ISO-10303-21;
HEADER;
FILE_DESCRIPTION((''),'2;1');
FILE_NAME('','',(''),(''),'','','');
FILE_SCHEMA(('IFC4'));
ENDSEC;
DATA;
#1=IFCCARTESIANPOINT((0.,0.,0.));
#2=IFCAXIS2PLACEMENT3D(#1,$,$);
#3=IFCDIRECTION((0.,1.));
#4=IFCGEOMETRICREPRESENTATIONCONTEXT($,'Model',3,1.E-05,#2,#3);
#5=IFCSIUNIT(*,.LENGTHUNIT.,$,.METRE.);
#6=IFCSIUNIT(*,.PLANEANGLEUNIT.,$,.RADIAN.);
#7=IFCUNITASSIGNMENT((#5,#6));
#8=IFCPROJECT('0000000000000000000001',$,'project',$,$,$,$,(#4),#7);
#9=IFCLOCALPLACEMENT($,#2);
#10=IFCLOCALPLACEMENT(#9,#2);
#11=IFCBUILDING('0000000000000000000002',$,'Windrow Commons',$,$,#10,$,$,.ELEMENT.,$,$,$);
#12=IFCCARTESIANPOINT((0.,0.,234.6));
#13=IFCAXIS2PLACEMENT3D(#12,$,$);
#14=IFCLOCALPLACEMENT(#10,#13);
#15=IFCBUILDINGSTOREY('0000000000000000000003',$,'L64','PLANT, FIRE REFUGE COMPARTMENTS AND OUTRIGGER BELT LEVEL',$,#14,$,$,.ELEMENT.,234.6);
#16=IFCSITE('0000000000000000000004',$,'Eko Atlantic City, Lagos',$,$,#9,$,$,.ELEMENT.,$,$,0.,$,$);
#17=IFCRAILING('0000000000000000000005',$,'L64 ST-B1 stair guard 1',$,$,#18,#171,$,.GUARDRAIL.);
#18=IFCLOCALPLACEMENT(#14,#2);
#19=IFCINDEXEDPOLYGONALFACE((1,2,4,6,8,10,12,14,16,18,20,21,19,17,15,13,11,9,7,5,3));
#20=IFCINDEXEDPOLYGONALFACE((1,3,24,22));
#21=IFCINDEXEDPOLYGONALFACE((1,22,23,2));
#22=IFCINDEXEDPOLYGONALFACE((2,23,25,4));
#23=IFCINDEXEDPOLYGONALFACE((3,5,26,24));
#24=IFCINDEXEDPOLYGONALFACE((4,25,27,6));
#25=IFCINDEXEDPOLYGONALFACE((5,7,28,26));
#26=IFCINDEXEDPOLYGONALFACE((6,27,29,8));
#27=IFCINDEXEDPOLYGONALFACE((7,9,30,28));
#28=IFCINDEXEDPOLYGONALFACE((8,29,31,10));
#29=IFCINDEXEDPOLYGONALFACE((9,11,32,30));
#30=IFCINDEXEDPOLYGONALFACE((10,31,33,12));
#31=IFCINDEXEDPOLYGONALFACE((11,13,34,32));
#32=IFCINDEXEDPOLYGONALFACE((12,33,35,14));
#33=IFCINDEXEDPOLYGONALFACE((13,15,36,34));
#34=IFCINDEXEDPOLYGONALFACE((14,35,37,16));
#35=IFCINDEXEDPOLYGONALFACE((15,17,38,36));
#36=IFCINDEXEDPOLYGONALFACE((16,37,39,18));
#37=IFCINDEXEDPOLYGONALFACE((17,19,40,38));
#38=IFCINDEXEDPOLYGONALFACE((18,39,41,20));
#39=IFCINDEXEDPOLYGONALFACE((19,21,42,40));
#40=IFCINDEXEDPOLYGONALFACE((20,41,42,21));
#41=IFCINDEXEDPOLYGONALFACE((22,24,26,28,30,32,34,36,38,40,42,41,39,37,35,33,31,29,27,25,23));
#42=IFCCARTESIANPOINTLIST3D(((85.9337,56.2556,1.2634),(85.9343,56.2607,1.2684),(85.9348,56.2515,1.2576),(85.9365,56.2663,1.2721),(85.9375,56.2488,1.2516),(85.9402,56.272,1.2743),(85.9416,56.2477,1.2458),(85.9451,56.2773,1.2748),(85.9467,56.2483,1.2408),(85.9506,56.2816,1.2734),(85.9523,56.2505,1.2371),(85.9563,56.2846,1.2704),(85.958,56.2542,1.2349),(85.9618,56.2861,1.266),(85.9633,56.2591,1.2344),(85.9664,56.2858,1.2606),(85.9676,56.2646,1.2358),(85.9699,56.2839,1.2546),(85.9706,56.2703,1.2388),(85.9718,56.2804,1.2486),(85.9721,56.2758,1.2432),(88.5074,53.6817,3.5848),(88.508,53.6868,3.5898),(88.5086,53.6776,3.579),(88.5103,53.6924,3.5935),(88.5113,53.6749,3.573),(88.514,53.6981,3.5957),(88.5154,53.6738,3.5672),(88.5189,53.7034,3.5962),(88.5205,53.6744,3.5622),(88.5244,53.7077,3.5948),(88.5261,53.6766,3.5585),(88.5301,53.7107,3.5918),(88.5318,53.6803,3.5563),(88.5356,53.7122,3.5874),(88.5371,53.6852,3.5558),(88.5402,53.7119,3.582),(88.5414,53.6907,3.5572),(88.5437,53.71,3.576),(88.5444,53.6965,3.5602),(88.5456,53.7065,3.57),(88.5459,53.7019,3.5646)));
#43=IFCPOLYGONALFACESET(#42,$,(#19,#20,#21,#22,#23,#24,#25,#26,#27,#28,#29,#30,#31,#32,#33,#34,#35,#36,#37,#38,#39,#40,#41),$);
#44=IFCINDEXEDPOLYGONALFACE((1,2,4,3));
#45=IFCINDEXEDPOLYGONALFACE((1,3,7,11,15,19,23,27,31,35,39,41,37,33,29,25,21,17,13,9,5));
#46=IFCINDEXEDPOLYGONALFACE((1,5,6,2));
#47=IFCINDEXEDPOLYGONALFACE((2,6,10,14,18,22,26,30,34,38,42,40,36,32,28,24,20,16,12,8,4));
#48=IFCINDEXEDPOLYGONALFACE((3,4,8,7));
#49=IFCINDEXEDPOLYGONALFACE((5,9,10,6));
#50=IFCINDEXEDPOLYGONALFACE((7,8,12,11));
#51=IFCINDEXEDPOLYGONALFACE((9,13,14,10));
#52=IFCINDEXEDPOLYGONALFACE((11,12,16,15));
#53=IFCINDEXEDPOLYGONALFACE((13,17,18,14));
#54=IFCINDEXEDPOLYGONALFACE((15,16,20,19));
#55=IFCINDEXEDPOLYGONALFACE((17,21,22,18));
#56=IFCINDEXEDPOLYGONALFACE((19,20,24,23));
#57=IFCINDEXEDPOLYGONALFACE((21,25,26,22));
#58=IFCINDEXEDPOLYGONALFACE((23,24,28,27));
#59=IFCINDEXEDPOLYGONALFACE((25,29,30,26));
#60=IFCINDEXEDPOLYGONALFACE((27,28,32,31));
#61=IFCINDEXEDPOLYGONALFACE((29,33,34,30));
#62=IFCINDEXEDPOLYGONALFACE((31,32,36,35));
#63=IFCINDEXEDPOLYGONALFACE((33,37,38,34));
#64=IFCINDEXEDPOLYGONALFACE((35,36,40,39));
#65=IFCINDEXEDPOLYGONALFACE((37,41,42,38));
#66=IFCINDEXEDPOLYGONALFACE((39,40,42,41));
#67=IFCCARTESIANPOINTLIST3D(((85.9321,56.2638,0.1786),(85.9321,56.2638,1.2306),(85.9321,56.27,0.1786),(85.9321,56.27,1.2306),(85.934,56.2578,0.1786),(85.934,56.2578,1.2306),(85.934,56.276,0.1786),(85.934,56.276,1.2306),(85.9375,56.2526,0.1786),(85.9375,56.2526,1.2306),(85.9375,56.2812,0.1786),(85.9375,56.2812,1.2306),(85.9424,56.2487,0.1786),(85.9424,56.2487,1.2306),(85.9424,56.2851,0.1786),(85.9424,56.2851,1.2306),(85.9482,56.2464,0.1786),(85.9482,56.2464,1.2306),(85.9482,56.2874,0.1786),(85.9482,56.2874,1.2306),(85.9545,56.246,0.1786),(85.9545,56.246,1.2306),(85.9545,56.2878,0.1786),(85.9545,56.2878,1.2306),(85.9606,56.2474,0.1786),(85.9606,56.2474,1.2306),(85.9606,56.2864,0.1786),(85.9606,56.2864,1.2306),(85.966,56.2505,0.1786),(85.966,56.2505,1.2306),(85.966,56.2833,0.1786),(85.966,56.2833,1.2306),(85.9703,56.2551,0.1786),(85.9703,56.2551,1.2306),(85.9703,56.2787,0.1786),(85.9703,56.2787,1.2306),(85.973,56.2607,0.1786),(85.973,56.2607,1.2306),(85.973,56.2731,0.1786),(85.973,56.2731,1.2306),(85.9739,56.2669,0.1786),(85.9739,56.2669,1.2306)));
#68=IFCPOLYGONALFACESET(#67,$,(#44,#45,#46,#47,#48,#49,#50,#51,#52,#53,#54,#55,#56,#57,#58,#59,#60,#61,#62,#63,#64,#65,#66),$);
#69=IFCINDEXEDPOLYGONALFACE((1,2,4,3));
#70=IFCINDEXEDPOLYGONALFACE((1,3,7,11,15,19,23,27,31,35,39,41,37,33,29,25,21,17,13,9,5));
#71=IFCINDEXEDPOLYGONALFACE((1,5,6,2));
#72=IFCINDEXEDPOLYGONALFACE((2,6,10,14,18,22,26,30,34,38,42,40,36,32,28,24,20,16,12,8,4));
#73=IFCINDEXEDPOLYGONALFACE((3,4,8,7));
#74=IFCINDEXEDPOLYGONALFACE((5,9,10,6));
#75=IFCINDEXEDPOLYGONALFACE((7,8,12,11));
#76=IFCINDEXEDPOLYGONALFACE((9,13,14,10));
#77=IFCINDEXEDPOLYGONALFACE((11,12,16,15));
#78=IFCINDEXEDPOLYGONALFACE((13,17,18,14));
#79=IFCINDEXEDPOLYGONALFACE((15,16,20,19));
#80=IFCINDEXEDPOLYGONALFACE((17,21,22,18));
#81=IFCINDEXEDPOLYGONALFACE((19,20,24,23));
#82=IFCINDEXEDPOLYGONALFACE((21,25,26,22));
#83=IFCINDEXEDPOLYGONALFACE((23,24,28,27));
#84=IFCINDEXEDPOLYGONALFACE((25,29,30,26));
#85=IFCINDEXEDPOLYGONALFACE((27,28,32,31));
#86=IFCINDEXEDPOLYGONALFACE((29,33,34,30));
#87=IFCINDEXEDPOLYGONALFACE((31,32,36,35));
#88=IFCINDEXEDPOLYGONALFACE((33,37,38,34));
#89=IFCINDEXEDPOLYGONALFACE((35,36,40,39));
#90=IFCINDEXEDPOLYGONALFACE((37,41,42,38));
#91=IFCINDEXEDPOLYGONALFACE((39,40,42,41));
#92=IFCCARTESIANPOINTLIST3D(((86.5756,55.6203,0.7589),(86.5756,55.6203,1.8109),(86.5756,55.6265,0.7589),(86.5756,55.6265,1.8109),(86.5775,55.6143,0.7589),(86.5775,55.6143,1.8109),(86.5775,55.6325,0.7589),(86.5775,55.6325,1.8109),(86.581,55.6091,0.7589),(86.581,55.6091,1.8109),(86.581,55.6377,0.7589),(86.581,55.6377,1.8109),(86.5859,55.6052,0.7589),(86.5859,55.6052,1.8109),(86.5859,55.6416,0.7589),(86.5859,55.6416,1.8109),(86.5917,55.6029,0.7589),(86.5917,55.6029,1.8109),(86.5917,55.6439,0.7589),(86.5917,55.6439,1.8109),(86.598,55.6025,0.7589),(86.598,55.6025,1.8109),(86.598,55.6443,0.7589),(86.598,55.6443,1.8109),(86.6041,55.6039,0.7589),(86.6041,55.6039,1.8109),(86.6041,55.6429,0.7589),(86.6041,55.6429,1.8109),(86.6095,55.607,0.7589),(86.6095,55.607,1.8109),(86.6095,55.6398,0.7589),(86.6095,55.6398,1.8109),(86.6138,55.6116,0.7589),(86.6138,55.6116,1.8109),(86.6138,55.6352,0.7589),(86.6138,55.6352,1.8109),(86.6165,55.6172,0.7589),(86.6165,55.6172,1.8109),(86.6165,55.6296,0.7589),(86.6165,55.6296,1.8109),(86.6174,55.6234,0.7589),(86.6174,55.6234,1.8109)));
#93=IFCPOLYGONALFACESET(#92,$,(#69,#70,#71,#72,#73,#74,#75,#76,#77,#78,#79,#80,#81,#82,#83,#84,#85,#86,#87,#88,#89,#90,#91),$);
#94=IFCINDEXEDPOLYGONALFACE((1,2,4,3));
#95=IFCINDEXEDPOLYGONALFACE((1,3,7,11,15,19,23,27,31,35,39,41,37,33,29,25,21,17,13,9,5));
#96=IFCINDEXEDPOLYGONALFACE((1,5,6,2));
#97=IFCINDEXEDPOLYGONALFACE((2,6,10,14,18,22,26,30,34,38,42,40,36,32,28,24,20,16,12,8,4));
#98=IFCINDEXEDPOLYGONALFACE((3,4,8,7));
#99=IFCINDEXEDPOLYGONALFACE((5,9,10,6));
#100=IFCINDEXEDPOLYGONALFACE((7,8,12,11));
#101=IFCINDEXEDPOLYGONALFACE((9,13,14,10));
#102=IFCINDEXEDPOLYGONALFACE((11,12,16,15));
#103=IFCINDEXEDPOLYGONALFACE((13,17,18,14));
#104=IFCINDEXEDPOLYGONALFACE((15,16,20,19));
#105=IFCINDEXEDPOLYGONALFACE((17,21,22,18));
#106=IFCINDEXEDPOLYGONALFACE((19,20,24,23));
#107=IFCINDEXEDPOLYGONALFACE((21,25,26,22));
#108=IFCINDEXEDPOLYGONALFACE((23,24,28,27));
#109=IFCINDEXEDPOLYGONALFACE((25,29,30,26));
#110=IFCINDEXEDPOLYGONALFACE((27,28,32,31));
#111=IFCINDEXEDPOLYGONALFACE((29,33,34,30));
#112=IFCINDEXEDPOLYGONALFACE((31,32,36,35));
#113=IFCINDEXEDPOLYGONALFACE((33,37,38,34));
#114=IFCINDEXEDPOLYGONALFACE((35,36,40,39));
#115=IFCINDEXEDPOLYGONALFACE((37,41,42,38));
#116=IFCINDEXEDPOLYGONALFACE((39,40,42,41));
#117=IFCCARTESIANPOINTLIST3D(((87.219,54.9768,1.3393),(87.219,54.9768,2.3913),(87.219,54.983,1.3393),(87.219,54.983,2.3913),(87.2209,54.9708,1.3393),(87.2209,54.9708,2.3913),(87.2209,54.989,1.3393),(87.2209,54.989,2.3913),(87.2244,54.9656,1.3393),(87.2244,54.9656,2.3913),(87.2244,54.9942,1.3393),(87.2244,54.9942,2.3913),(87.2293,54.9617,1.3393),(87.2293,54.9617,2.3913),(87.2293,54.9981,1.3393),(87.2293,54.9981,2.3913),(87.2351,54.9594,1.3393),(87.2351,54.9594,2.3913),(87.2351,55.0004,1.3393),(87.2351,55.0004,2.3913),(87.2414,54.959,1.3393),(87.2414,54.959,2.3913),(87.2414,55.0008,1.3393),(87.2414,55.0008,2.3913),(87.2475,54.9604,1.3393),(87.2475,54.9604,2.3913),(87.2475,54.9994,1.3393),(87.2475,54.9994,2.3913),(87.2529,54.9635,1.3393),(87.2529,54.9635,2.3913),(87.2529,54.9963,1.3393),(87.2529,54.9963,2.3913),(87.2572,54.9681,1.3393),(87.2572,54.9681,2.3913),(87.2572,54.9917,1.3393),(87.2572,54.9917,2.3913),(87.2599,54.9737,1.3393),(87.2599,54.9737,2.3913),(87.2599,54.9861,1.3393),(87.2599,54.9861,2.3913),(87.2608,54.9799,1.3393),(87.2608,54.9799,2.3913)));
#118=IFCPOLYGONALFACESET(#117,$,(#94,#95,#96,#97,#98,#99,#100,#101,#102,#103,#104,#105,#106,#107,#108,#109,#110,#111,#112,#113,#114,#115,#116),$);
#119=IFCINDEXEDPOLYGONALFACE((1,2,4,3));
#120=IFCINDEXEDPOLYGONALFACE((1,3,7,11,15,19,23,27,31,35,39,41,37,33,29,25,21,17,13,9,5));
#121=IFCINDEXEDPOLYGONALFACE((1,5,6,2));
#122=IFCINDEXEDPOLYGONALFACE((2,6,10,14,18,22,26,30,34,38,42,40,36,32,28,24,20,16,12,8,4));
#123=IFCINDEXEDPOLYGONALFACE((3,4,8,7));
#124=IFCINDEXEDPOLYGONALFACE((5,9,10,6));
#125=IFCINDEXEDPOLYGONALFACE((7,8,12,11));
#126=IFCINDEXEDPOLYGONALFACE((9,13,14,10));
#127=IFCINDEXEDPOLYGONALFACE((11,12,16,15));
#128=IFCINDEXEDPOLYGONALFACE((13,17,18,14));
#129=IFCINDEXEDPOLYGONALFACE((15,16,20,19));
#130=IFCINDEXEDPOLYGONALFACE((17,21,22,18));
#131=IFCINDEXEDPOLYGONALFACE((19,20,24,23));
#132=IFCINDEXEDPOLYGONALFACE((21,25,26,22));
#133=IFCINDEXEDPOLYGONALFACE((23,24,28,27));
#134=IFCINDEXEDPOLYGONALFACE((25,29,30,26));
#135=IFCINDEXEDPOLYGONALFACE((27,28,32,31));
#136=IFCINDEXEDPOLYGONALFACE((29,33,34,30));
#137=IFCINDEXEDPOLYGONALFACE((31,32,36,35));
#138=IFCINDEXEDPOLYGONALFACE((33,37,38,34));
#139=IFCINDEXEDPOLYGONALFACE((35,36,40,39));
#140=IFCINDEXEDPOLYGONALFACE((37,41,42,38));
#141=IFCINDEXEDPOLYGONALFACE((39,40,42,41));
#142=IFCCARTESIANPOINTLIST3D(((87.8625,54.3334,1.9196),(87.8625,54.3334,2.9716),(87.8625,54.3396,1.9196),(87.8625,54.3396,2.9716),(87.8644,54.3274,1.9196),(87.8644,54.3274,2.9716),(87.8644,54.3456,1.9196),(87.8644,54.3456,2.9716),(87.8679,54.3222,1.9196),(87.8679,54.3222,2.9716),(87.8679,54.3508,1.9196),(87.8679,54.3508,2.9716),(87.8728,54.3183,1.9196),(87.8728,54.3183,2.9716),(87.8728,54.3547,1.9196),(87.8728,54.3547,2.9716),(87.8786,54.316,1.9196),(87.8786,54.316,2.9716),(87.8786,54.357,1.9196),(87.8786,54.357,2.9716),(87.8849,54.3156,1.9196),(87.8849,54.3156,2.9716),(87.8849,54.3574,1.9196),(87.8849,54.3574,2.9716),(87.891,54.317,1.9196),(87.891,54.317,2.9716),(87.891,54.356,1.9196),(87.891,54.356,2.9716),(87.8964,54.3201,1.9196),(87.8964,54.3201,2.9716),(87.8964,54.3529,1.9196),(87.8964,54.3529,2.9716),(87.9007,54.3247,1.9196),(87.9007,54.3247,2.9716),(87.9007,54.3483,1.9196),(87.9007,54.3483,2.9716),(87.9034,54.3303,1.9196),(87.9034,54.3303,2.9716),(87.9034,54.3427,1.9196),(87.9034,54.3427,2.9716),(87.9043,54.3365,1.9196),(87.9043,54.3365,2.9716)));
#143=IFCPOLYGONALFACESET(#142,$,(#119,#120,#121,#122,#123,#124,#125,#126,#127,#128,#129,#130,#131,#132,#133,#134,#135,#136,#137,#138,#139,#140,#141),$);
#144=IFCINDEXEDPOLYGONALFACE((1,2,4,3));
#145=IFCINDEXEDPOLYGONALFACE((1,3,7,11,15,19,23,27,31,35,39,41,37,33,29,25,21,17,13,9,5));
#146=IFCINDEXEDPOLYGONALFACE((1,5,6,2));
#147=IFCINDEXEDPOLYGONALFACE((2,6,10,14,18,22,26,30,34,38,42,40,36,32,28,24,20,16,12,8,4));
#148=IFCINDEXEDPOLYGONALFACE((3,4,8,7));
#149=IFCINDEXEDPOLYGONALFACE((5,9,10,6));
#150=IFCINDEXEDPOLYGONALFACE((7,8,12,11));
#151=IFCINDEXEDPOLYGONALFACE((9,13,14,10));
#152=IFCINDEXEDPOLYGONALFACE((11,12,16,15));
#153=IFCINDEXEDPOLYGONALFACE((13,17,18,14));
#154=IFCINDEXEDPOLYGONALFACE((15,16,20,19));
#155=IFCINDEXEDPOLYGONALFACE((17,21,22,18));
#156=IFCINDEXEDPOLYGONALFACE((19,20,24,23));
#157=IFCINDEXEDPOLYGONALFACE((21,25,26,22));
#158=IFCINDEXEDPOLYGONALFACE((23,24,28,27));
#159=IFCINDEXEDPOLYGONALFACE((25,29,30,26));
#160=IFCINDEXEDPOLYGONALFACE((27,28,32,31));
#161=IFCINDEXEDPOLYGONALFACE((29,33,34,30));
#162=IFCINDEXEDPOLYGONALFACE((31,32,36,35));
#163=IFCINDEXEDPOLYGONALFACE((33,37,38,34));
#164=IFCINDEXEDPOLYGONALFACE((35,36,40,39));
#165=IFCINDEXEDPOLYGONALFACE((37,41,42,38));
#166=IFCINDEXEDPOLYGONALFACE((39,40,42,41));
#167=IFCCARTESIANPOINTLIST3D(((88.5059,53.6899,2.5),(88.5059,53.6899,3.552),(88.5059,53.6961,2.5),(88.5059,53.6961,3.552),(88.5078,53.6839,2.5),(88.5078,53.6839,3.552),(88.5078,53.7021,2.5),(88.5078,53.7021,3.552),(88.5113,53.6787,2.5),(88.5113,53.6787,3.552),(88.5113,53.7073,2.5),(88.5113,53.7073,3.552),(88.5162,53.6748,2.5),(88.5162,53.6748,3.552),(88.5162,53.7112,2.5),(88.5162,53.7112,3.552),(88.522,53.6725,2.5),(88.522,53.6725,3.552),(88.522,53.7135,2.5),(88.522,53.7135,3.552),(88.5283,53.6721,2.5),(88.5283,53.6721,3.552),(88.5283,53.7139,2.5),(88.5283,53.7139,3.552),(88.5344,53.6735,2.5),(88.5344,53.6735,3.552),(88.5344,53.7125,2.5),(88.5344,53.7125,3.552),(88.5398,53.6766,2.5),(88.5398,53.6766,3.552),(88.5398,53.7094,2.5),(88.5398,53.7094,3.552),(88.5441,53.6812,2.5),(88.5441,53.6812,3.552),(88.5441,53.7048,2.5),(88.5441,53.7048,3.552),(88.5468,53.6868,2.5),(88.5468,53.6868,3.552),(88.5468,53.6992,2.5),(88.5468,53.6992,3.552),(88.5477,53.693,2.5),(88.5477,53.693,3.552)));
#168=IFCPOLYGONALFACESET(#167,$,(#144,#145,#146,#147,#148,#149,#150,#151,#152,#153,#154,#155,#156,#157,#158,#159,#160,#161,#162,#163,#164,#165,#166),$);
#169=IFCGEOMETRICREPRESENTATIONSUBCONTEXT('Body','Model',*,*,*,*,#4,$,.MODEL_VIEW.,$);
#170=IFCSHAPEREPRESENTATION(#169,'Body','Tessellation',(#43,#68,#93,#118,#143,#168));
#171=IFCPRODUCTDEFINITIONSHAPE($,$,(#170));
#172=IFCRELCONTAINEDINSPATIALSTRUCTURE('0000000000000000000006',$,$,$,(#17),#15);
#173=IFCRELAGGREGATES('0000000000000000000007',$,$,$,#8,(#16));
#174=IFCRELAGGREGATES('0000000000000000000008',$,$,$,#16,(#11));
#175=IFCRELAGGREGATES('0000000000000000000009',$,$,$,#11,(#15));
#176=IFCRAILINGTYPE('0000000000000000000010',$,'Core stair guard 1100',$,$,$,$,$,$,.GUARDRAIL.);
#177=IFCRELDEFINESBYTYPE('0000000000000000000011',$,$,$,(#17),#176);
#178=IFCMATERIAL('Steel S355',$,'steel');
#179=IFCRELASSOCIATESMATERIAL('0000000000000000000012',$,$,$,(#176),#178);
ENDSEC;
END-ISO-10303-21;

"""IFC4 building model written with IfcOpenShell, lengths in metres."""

from ifc_helpers import new_model, si_unit, direction, frame, origin, origin_2d, place, context, subcontext, project, spatial, circle, extrude, material, type_object, element, save


model = new_model("IFC4")

# Units and contexts
model_context = context("Model", 3, precision=1e-05, world=origin(), true_north=direction((0.0, 1.0)))
body_context = subcontext(model_context, "Body", "Model", "MODEL_VIEW")
ifc_project = project(units=[si_unit("LENGTHUNIT", "METRE"), si_unit("PLANEANGLEUNIT", "RADIAN")], contexts=[model_context])

# Site, building, storey
site_placement = place(None, origin())
site = spatial("IfcSite", under=ifc_project, at=site_placement, Name="Eko Atlantic City, Lagos", CompositionType="ELEMENT", RefElevation=0.0)
building_placement = place(site_placement, origin())
building = spatial("IfcBuilding", under=site, at=building_placement, Name="Windrow Commons", CompositionType="ELEMENT")
storey_placement = place(building_placement, frame((0.0, 0.0, 234.6)))
storey = spatial("IfcBuildingStorey", under=building, at=storey_placement, Name="L64", Description="PLANT, FIRE REFUGE COMPARTMENTS AND OUTRIGGER BELT LEVEL", CompositionType="ELEMENT", Elevation=234.6)

# Railing
ifc_material_1 = material(Name="Steel S355", Category="steel")
railing_type_1 = type_object("IfcRailingType", Name="Core stair guard 1100", PredefinedType="GUARDRAIL", material=ifc_material_1)
railing_1_placement = place(storey_placement, frame((85.9529, 56.2669, 0.1786)))
element("IfcRailing", 1, at=railing_1_placement, inside=storey, type_object=railing_type_1, Name="L64 ST-B1 stair guard 1", PredefinedType="GUARDRAIL", context=body_context, shape_type="SweptSolid", body=[
    extrude(circle(Radius=0.024, at=origin_2d()), frame((0.0, 0.0, 1.076), z_axis=(0.596172, -0.596195, 0.537708), x_axis=(0.707121, 0.707093, 0.0)), (0.0, 0.0, 1.0), 4.3172),
    extrude(circle(Radius=0.021, at=origin_2d()), origin(), (0.0, 0.0, 1.0), 1.052),
    extrude(circle(Radius=0.021, at=origin_2d()), frame((0.6435, -0.6435, 0.5803)), (0.0, 0.0, 1.0), 1.052),
    extrude(circle(Radius=0.021, at=origin_2d()), frame((1.2869, -1.287, 1.1607)), (0.0, 0.0, 1.0), 1.052),
    extrude(circle(Radius=0.021, at=origin_2d()), frame((1.9304, -1.9304, 1.741)), (0.0, 0.0, 1.0), 1.052),
    extrude(circle(Radius=0.021, at=origin_2d()), frame((2.5738, -2.5739, 2.3214)), (0.0, 0.0, 1.0), 1.052),
])

save(model, "model.ifc")
